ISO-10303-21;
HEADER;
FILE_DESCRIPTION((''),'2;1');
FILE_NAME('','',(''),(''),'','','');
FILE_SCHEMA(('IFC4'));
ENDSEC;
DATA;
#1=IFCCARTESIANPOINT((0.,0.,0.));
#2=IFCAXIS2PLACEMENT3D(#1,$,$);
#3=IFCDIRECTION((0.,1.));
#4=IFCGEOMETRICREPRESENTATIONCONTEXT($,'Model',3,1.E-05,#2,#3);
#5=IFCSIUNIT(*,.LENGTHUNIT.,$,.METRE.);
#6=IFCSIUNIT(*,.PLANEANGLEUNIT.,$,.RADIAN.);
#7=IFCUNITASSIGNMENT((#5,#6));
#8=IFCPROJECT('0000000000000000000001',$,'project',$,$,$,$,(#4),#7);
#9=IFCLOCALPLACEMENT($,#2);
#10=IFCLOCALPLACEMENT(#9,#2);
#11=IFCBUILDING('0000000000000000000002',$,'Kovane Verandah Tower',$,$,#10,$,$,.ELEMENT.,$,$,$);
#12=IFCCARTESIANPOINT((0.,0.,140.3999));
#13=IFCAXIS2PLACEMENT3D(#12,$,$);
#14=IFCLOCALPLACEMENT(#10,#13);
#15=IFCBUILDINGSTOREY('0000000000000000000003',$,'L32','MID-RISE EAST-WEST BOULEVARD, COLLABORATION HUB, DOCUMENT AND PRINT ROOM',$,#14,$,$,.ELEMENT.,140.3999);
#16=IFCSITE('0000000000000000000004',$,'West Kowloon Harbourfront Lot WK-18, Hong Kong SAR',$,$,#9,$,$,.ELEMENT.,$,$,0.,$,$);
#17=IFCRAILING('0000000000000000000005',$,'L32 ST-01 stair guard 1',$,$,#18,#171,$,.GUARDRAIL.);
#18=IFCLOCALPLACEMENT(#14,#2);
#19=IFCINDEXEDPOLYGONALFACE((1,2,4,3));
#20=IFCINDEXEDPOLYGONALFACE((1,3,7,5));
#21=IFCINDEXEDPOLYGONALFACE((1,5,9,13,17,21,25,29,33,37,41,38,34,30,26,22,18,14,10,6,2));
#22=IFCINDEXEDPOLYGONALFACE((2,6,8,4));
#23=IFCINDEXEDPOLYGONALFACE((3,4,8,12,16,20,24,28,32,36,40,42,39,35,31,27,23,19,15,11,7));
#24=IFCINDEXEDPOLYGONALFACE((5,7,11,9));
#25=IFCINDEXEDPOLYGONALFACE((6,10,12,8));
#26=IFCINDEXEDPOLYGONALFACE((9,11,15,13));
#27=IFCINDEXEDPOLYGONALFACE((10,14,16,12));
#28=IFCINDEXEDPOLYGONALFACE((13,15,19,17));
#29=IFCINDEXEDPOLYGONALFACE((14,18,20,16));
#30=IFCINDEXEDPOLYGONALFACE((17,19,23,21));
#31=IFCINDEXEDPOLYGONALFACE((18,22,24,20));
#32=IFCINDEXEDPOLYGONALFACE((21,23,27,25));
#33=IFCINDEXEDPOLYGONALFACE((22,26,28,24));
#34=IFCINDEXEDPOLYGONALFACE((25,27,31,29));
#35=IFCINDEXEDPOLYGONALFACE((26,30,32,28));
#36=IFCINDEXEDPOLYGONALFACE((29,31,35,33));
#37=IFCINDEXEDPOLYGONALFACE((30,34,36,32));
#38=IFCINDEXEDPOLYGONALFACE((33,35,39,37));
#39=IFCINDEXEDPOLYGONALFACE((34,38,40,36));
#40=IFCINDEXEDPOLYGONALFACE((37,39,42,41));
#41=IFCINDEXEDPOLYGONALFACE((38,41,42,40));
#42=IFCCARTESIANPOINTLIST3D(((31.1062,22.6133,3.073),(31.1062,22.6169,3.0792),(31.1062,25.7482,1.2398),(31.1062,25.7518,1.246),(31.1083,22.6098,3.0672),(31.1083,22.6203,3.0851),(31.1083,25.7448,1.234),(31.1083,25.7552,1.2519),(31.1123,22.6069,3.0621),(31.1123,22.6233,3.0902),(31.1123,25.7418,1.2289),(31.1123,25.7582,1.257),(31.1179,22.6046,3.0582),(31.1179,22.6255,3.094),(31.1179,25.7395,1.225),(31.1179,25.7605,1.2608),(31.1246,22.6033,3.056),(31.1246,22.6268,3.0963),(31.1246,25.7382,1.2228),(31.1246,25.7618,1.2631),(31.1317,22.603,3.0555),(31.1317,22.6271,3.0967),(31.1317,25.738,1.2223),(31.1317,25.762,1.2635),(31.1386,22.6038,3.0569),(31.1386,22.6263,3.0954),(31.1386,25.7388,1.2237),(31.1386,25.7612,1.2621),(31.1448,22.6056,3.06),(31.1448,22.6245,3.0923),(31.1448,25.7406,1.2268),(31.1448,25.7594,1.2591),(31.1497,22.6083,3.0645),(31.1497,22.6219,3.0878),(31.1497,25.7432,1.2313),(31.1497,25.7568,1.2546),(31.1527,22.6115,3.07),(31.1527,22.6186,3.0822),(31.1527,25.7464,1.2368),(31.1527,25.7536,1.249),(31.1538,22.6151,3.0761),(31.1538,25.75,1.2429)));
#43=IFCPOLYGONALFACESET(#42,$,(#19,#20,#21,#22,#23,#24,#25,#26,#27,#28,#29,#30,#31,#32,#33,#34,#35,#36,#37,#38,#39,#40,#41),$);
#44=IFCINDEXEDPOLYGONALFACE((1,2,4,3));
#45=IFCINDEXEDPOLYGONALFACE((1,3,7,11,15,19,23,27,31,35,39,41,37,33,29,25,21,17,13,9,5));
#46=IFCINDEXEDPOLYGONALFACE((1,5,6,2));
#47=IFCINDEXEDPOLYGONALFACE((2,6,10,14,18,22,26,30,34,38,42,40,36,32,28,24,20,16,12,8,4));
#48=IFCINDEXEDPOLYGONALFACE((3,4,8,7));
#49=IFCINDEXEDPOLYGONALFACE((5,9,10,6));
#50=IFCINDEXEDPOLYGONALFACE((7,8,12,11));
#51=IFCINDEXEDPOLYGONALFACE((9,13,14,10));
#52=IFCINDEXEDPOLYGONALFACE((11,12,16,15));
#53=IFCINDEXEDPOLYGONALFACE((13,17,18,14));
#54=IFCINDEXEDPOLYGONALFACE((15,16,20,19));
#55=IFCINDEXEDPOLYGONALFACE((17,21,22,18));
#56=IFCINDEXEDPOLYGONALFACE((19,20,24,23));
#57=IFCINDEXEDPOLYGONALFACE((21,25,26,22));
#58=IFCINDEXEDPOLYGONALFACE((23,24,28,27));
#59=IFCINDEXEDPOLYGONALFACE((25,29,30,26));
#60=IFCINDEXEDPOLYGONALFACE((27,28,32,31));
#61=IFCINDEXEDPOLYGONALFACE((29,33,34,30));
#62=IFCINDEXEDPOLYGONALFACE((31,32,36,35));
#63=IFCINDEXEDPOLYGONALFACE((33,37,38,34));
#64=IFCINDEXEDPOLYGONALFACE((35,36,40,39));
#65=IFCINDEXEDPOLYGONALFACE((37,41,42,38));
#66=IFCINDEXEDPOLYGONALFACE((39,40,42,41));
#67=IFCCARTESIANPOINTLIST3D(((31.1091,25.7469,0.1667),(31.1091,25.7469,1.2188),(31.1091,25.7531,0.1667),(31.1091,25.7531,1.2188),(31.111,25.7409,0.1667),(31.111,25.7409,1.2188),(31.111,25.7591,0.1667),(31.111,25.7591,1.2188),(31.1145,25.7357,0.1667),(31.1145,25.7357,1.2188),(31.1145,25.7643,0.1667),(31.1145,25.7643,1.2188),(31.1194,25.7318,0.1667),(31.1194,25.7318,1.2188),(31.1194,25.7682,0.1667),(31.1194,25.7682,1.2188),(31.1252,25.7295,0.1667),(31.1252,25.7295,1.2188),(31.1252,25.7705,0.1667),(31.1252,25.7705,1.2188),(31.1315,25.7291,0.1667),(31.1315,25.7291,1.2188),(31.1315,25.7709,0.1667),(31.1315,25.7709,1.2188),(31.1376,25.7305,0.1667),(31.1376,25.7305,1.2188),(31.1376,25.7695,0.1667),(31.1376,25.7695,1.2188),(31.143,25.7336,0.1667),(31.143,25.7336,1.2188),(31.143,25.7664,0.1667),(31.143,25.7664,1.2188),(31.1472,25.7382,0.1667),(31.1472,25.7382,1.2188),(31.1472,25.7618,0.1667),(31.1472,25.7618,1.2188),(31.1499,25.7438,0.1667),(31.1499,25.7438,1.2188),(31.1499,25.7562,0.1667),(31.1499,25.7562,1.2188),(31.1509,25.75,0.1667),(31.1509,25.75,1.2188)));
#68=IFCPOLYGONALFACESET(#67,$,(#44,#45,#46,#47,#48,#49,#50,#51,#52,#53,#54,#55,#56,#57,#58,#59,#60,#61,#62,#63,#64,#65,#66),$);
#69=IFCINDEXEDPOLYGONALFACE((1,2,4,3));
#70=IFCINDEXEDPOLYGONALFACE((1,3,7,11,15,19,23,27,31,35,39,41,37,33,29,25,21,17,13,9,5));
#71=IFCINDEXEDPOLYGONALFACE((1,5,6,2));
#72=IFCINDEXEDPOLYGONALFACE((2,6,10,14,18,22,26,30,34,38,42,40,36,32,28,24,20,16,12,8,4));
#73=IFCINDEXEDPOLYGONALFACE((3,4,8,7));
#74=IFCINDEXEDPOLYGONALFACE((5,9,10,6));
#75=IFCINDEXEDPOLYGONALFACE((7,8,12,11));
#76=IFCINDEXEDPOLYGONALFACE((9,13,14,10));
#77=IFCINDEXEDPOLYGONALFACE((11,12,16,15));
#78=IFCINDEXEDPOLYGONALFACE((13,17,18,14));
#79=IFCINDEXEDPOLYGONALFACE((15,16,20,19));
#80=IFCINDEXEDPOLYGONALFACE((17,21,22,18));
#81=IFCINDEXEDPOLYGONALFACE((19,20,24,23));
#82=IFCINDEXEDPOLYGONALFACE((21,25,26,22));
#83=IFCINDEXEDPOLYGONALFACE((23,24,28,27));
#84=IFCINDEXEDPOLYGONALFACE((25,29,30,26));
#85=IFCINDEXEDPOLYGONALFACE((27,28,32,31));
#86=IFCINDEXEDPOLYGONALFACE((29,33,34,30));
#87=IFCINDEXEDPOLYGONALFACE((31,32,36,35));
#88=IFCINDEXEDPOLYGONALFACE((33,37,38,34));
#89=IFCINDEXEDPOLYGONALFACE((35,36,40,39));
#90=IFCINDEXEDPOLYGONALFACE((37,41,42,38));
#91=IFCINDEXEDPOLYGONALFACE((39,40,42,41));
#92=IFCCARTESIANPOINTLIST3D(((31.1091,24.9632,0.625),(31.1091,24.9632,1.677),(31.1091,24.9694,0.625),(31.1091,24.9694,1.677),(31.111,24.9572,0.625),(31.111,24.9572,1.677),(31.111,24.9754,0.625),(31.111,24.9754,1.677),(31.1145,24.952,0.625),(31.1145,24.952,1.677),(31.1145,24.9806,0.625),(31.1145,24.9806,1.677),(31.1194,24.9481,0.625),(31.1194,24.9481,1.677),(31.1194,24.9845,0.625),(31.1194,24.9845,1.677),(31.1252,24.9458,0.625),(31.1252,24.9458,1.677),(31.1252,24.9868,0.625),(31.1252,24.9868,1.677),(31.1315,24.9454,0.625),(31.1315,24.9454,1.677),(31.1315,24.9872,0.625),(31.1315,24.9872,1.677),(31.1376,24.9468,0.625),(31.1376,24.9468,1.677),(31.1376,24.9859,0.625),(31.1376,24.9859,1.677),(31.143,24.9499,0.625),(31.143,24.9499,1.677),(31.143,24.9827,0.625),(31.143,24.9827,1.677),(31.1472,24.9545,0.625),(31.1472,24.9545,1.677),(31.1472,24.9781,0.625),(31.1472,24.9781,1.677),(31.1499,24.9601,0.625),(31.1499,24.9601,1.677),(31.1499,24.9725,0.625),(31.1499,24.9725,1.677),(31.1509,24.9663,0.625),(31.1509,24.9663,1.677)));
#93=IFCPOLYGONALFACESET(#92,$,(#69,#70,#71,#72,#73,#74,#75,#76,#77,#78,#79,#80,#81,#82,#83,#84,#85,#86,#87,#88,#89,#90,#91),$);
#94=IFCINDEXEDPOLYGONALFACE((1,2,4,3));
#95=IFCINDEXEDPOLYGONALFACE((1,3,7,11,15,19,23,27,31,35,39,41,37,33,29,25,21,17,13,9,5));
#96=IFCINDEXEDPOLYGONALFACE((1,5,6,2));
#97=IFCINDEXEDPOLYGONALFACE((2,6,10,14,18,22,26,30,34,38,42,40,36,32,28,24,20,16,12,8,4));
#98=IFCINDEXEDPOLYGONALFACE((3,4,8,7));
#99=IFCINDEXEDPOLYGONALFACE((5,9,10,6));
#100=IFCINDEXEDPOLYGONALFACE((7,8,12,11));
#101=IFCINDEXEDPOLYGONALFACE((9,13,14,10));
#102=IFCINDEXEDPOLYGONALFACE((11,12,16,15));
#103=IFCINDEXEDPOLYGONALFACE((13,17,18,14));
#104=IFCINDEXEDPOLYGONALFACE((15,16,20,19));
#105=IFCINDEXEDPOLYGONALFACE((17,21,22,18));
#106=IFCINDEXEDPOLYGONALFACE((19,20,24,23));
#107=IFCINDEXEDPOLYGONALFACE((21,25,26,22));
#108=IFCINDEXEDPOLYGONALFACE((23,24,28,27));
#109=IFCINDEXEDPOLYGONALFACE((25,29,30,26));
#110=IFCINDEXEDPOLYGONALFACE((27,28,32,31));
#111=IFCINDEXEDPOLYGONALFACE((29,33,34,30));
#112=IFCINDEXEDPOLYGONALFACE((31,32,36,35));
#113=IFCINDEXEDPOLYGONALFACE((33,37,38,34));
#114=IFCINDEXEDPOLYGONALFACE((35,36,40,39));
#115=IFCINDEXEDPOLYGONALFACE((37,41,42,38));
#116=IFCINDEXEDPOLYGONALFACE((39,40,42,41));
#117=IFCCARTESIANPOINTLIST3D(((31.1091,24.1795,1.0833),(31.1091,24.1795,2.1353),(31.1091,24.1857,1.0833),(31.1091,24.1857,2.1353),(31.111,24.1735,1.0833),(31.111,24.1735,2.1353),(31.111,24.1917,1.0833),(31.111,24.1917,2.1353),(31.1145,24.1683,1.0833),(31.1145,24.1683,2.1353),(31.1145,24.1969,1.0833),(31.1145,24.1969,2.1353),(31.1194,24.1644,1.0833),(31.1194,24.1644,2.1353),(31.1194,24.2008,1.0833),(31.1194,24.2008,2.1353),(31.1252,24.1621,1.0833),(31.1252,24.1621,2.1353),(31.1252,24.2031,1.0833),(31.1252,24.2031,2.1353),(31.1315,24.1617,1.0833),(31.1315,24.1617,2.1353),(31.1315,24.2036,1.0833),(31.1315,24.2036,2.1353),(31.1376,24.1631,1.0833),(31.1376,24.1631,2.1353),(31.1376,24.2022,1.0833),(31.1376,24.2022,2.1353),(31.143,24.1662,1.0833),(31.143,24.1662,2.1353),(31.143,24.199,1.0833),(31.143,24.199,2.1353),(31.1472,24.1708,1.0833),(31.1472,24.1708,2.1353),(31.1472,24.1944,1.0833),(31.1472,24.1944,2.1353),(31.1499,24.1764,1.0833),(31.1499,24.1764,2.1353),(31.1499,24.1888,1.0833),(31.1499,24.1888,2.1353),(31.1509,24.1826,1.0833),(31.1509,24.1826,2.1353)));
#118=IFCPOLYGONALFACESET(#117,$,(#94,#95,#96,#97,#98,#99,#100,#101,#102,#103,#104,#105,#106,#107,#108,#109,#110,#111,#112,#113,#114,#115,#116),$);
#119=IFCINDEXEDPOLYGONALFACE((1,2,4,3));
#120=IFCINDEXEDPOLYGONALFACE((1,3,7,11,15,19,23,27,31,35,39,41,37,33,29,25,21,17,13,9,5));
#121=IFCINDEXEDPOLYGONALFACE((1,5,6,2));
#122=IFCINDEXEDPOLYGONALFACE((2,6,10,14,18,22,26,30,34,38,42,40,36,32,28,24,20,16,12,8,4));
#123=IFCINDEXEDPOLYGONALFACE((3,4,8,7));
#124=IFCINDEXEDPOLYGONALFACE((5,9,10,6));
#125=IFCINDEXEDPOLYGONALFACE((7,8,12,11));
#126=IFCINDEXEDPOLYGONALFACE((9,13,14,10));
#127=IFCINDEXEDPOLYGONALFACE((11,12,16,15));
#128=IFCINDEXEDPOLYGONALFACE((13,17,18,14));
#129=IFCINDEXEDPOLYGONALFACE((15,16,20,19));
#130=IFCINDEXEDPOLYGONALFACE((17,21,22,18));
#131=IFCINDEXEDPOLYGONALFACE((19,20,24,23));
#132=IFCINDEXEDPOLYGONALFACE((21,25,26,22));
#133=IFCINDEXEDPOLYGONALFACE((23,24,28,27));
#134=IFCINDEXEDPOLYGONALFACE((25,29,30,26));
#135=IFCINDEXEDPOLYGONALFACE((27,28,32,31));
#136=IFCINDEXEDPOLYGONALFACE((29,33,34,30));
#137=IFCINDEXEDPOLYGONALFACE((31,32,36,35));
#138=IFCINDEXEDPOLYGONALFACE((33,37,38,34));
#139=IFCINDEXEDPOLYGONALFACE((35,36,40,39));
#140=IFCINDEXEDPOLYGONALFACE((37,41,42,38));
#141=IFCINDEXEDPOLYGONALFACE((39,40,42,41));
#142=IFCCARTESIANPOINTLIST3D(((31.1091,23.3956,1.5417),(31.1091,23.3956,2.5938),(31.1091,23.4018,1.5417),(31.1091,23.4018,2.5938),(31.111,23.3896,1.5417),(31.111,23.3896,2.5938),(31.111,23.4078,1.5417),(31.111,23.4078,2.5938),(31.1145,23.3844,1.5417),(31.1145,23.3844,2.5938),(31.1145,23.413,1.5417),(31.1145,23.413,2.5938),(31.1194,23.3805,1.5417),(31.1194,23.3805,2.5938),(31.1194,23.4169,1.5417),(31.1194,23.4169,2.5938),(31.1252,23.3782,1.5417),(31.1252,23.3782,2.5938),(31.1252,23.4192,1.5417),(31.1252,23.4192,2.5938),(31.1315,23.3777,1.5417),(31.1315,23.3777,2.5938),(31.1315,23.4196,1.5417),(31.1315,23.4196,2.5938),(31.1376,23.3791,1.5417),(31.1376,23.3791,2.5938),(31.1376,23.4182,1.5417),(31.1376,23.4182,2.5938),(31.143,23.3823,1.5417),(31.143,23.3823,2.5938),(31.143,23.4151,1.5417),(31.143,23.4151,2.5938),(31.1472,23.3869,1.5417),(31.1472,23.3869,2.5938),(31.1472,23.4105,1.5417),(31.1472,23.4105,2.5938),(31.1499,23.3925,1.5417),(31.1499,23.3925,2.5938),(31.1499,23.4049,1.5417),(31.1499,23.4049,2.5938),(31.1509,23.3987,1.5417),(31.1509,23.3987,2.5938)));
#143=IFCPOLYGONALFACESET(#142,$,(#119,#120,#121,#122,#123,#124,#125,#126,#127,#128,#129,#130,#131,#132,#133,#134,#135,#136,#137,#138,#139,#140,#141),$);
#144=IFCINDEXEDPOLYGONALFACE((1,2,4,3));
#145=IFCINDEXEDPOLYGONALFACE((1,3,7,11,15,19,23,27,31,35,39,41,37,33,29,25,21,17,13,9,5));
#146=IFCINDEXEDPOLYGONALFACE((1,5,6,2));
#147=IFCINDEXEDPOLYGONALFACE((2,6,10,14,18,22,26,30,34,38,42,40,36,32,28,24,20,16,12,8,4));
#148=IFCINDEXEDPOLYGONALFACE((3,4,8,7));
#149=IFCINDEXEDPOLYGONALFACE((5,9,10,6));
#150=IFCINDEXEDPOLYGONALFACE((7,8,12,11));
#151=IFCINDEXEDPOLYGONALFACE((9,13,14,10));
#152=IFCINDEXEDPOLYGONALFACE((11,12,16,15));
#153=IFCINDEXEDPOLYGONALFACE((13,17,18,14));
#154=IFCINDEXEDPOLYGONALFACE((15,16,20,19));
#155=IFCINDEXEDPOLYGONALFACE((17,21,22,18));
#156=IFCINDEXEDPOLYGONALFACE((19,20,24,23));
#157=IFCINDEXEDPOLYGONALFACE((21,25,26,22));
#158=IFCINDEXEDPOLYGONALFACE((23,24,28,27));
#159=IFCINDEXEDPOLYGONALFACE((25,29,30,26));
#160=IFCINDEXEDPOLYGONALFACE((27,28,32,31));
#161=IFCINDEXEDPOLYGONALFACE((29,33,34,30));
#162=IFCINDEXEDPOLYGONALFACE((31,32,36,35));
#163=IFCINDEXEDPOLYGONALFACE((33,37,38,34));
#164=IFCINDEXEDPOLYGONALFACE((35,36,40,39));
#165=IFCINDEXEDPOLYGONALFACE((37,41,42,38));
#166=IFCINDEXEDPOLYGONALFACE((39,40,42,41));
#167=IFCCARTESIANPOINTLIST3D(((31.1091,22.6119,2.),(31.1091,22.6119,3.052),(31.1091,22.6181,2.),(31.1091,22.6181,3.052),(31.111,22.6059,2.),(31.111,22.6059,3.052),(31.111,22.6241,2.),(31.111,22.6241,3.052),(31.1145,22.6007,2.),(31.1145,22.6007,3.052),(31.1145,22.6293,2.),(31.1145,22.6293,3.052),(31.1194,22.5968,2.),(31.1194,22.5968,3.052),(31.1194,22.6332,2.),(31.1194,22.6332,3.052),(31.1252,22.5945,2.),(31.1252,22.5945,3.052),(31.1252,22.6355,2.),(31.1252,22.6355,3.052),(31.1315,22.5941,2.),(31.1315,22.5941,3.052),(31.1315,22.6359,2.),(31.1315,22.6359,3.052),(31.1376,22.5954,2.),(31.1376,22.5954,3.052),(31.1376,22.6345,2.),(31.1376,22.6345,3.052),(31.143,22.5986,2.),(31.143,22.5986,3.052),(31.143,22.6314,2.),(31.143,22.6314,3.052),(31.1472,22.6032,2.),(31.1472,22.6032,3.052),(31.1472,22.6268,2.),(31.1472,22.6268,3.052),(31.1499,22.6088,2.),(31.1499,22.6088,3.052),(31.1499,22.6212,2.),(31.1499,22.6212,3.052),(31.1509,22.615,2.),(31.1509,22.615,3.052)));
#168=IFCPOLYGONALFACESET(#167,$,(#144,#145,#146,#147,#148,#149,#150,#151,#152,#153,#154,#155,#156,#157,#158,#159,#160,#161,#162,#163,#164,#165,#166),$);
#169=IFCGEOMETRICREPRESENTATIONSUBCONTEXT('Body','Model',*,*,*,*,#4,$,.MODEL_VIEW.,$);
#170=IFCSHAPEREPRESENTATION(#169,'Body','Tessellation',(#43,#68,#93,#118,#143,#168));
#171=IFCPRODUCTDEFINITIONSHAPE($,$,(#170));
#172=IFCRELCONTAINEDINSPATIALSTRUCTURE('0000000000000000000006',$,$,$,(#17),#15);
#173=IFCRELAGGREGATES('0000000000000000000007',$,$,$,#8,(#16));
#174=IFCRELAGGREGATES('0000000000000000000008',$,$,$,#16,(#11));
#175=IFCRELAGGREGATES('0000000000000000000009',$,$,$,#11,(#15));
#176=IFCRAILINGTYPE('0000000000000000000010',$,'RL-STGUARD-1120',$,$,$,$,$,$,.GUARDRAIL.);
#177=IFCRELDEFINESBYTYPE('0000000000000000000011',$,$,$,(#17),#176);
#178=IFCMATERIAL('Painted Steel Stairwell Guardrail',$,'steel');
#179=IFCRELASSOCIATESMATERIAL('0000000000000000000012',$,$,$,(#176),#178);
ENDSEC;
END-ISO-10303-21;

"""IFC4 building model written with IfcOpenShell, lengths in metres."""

from ifc_helpers import new_model, si_unit, direction, frame, origin, origin_2d, place, context, subcontext, project, spatial, circle, extrude, material, type_object, element, save


model = new_model("IFC4")

# Units and contexts
model_context = context("Model", 3, precision=1e-05, world=origin(), true_north=direction((0.0, 1.0)))
body_context = subcontext(model_context, "Body", "Model", "MODEL_VIEW")
ifc_project = project(units=[si_unit("LENGTHUNIT", "METRE"), si_unit("PLANEANGLEUNIT", "RADIAN")], contexts=[model_context])

# Site, building, storey
site_placement = place(None, origin())
site = spatial("IfcSite", under=ifc_project, at=site_placement, Name="West Kowloon Harbourfront Lot WK-18, Hong Kong SAR", CompositionType="ELEMENT", RefElevation=0.0)
building_placement = place(site_placement, origin())
building = spatial("IfcBuilding", under=site, at=building_placement, Name="Kovane Verandah Tower", CompositionType="ELEMENT")
storey_placement = place(building_placement, frame((0.0, 0.0, 140.3999)))
storey = spatial("IfcBuildingStorey", under=building, at=storey_placement, Name="L32", Description="MID-RISE EAST-WEST BOULEVARD, COLLABORATION HUB, DOCUMENT AND PRINT ROOM", CompositionType="ELEMENT", Elevation=140.3999)

# Railing
ifc_material_1 = material(Name="Painted Steel Stairwell Guardrail", Category="steel")
railing_type_1 = type_object("IfcRailingType", Name="RL-STGUARD-1120", PredefinedType="GUARDRAIL", material=ifc_material_1)
railing_1_placement = place(storey_placement, frame((31.1299, 25.75, 0.1667)))
element("IfcRailing", 1, at=railing_1_placement, inside=storey, type_object=railing_type_1, Name="L32 ST-01 stair guard 1", PredefinedType="GUARDRAIL", context=body_context, shape_type="SweptSolid", body=[
    extrude(circle(Radius=0.0239, at=origin_2d()), frame((0.0, 0.0, 1.0762), z_axis=(0.0, -0.86324, 0.504794), x_axis=(1.0, 0.0, 0.0)), (0.0, 0.0, 1.0), 3.6316),
    extrude(circle(Radius=0.021, at=origin_2d()), origin(), (0.0, 0.0, 1.0), 1.052),
    extrude(circle(Radius=0.021, at=origin_2d()), frame((0.0, -0.7837, 0.4583)), (0.0, 0.0, 1.0), 1.052),
    extrude(circle(Radius=0.021, at=origin_2d()), frame((0.0, -1.5674, 0.9165)), (0.0, 0.0, 1.0), 1.052),
    extrude(circle(Radius=0.021, at=origin_2d()), frame((0.0, -2.3513, 1.375)), (0.0, 0.0, 1.0), 1.052),
    extrude(circle(Radius=0.021, at=origin_2d()), frame((0.0, -3.135, 1.8333)), (0.0, 0.0, 1.0), 1.052),
])

save(model, "model.ifc")
